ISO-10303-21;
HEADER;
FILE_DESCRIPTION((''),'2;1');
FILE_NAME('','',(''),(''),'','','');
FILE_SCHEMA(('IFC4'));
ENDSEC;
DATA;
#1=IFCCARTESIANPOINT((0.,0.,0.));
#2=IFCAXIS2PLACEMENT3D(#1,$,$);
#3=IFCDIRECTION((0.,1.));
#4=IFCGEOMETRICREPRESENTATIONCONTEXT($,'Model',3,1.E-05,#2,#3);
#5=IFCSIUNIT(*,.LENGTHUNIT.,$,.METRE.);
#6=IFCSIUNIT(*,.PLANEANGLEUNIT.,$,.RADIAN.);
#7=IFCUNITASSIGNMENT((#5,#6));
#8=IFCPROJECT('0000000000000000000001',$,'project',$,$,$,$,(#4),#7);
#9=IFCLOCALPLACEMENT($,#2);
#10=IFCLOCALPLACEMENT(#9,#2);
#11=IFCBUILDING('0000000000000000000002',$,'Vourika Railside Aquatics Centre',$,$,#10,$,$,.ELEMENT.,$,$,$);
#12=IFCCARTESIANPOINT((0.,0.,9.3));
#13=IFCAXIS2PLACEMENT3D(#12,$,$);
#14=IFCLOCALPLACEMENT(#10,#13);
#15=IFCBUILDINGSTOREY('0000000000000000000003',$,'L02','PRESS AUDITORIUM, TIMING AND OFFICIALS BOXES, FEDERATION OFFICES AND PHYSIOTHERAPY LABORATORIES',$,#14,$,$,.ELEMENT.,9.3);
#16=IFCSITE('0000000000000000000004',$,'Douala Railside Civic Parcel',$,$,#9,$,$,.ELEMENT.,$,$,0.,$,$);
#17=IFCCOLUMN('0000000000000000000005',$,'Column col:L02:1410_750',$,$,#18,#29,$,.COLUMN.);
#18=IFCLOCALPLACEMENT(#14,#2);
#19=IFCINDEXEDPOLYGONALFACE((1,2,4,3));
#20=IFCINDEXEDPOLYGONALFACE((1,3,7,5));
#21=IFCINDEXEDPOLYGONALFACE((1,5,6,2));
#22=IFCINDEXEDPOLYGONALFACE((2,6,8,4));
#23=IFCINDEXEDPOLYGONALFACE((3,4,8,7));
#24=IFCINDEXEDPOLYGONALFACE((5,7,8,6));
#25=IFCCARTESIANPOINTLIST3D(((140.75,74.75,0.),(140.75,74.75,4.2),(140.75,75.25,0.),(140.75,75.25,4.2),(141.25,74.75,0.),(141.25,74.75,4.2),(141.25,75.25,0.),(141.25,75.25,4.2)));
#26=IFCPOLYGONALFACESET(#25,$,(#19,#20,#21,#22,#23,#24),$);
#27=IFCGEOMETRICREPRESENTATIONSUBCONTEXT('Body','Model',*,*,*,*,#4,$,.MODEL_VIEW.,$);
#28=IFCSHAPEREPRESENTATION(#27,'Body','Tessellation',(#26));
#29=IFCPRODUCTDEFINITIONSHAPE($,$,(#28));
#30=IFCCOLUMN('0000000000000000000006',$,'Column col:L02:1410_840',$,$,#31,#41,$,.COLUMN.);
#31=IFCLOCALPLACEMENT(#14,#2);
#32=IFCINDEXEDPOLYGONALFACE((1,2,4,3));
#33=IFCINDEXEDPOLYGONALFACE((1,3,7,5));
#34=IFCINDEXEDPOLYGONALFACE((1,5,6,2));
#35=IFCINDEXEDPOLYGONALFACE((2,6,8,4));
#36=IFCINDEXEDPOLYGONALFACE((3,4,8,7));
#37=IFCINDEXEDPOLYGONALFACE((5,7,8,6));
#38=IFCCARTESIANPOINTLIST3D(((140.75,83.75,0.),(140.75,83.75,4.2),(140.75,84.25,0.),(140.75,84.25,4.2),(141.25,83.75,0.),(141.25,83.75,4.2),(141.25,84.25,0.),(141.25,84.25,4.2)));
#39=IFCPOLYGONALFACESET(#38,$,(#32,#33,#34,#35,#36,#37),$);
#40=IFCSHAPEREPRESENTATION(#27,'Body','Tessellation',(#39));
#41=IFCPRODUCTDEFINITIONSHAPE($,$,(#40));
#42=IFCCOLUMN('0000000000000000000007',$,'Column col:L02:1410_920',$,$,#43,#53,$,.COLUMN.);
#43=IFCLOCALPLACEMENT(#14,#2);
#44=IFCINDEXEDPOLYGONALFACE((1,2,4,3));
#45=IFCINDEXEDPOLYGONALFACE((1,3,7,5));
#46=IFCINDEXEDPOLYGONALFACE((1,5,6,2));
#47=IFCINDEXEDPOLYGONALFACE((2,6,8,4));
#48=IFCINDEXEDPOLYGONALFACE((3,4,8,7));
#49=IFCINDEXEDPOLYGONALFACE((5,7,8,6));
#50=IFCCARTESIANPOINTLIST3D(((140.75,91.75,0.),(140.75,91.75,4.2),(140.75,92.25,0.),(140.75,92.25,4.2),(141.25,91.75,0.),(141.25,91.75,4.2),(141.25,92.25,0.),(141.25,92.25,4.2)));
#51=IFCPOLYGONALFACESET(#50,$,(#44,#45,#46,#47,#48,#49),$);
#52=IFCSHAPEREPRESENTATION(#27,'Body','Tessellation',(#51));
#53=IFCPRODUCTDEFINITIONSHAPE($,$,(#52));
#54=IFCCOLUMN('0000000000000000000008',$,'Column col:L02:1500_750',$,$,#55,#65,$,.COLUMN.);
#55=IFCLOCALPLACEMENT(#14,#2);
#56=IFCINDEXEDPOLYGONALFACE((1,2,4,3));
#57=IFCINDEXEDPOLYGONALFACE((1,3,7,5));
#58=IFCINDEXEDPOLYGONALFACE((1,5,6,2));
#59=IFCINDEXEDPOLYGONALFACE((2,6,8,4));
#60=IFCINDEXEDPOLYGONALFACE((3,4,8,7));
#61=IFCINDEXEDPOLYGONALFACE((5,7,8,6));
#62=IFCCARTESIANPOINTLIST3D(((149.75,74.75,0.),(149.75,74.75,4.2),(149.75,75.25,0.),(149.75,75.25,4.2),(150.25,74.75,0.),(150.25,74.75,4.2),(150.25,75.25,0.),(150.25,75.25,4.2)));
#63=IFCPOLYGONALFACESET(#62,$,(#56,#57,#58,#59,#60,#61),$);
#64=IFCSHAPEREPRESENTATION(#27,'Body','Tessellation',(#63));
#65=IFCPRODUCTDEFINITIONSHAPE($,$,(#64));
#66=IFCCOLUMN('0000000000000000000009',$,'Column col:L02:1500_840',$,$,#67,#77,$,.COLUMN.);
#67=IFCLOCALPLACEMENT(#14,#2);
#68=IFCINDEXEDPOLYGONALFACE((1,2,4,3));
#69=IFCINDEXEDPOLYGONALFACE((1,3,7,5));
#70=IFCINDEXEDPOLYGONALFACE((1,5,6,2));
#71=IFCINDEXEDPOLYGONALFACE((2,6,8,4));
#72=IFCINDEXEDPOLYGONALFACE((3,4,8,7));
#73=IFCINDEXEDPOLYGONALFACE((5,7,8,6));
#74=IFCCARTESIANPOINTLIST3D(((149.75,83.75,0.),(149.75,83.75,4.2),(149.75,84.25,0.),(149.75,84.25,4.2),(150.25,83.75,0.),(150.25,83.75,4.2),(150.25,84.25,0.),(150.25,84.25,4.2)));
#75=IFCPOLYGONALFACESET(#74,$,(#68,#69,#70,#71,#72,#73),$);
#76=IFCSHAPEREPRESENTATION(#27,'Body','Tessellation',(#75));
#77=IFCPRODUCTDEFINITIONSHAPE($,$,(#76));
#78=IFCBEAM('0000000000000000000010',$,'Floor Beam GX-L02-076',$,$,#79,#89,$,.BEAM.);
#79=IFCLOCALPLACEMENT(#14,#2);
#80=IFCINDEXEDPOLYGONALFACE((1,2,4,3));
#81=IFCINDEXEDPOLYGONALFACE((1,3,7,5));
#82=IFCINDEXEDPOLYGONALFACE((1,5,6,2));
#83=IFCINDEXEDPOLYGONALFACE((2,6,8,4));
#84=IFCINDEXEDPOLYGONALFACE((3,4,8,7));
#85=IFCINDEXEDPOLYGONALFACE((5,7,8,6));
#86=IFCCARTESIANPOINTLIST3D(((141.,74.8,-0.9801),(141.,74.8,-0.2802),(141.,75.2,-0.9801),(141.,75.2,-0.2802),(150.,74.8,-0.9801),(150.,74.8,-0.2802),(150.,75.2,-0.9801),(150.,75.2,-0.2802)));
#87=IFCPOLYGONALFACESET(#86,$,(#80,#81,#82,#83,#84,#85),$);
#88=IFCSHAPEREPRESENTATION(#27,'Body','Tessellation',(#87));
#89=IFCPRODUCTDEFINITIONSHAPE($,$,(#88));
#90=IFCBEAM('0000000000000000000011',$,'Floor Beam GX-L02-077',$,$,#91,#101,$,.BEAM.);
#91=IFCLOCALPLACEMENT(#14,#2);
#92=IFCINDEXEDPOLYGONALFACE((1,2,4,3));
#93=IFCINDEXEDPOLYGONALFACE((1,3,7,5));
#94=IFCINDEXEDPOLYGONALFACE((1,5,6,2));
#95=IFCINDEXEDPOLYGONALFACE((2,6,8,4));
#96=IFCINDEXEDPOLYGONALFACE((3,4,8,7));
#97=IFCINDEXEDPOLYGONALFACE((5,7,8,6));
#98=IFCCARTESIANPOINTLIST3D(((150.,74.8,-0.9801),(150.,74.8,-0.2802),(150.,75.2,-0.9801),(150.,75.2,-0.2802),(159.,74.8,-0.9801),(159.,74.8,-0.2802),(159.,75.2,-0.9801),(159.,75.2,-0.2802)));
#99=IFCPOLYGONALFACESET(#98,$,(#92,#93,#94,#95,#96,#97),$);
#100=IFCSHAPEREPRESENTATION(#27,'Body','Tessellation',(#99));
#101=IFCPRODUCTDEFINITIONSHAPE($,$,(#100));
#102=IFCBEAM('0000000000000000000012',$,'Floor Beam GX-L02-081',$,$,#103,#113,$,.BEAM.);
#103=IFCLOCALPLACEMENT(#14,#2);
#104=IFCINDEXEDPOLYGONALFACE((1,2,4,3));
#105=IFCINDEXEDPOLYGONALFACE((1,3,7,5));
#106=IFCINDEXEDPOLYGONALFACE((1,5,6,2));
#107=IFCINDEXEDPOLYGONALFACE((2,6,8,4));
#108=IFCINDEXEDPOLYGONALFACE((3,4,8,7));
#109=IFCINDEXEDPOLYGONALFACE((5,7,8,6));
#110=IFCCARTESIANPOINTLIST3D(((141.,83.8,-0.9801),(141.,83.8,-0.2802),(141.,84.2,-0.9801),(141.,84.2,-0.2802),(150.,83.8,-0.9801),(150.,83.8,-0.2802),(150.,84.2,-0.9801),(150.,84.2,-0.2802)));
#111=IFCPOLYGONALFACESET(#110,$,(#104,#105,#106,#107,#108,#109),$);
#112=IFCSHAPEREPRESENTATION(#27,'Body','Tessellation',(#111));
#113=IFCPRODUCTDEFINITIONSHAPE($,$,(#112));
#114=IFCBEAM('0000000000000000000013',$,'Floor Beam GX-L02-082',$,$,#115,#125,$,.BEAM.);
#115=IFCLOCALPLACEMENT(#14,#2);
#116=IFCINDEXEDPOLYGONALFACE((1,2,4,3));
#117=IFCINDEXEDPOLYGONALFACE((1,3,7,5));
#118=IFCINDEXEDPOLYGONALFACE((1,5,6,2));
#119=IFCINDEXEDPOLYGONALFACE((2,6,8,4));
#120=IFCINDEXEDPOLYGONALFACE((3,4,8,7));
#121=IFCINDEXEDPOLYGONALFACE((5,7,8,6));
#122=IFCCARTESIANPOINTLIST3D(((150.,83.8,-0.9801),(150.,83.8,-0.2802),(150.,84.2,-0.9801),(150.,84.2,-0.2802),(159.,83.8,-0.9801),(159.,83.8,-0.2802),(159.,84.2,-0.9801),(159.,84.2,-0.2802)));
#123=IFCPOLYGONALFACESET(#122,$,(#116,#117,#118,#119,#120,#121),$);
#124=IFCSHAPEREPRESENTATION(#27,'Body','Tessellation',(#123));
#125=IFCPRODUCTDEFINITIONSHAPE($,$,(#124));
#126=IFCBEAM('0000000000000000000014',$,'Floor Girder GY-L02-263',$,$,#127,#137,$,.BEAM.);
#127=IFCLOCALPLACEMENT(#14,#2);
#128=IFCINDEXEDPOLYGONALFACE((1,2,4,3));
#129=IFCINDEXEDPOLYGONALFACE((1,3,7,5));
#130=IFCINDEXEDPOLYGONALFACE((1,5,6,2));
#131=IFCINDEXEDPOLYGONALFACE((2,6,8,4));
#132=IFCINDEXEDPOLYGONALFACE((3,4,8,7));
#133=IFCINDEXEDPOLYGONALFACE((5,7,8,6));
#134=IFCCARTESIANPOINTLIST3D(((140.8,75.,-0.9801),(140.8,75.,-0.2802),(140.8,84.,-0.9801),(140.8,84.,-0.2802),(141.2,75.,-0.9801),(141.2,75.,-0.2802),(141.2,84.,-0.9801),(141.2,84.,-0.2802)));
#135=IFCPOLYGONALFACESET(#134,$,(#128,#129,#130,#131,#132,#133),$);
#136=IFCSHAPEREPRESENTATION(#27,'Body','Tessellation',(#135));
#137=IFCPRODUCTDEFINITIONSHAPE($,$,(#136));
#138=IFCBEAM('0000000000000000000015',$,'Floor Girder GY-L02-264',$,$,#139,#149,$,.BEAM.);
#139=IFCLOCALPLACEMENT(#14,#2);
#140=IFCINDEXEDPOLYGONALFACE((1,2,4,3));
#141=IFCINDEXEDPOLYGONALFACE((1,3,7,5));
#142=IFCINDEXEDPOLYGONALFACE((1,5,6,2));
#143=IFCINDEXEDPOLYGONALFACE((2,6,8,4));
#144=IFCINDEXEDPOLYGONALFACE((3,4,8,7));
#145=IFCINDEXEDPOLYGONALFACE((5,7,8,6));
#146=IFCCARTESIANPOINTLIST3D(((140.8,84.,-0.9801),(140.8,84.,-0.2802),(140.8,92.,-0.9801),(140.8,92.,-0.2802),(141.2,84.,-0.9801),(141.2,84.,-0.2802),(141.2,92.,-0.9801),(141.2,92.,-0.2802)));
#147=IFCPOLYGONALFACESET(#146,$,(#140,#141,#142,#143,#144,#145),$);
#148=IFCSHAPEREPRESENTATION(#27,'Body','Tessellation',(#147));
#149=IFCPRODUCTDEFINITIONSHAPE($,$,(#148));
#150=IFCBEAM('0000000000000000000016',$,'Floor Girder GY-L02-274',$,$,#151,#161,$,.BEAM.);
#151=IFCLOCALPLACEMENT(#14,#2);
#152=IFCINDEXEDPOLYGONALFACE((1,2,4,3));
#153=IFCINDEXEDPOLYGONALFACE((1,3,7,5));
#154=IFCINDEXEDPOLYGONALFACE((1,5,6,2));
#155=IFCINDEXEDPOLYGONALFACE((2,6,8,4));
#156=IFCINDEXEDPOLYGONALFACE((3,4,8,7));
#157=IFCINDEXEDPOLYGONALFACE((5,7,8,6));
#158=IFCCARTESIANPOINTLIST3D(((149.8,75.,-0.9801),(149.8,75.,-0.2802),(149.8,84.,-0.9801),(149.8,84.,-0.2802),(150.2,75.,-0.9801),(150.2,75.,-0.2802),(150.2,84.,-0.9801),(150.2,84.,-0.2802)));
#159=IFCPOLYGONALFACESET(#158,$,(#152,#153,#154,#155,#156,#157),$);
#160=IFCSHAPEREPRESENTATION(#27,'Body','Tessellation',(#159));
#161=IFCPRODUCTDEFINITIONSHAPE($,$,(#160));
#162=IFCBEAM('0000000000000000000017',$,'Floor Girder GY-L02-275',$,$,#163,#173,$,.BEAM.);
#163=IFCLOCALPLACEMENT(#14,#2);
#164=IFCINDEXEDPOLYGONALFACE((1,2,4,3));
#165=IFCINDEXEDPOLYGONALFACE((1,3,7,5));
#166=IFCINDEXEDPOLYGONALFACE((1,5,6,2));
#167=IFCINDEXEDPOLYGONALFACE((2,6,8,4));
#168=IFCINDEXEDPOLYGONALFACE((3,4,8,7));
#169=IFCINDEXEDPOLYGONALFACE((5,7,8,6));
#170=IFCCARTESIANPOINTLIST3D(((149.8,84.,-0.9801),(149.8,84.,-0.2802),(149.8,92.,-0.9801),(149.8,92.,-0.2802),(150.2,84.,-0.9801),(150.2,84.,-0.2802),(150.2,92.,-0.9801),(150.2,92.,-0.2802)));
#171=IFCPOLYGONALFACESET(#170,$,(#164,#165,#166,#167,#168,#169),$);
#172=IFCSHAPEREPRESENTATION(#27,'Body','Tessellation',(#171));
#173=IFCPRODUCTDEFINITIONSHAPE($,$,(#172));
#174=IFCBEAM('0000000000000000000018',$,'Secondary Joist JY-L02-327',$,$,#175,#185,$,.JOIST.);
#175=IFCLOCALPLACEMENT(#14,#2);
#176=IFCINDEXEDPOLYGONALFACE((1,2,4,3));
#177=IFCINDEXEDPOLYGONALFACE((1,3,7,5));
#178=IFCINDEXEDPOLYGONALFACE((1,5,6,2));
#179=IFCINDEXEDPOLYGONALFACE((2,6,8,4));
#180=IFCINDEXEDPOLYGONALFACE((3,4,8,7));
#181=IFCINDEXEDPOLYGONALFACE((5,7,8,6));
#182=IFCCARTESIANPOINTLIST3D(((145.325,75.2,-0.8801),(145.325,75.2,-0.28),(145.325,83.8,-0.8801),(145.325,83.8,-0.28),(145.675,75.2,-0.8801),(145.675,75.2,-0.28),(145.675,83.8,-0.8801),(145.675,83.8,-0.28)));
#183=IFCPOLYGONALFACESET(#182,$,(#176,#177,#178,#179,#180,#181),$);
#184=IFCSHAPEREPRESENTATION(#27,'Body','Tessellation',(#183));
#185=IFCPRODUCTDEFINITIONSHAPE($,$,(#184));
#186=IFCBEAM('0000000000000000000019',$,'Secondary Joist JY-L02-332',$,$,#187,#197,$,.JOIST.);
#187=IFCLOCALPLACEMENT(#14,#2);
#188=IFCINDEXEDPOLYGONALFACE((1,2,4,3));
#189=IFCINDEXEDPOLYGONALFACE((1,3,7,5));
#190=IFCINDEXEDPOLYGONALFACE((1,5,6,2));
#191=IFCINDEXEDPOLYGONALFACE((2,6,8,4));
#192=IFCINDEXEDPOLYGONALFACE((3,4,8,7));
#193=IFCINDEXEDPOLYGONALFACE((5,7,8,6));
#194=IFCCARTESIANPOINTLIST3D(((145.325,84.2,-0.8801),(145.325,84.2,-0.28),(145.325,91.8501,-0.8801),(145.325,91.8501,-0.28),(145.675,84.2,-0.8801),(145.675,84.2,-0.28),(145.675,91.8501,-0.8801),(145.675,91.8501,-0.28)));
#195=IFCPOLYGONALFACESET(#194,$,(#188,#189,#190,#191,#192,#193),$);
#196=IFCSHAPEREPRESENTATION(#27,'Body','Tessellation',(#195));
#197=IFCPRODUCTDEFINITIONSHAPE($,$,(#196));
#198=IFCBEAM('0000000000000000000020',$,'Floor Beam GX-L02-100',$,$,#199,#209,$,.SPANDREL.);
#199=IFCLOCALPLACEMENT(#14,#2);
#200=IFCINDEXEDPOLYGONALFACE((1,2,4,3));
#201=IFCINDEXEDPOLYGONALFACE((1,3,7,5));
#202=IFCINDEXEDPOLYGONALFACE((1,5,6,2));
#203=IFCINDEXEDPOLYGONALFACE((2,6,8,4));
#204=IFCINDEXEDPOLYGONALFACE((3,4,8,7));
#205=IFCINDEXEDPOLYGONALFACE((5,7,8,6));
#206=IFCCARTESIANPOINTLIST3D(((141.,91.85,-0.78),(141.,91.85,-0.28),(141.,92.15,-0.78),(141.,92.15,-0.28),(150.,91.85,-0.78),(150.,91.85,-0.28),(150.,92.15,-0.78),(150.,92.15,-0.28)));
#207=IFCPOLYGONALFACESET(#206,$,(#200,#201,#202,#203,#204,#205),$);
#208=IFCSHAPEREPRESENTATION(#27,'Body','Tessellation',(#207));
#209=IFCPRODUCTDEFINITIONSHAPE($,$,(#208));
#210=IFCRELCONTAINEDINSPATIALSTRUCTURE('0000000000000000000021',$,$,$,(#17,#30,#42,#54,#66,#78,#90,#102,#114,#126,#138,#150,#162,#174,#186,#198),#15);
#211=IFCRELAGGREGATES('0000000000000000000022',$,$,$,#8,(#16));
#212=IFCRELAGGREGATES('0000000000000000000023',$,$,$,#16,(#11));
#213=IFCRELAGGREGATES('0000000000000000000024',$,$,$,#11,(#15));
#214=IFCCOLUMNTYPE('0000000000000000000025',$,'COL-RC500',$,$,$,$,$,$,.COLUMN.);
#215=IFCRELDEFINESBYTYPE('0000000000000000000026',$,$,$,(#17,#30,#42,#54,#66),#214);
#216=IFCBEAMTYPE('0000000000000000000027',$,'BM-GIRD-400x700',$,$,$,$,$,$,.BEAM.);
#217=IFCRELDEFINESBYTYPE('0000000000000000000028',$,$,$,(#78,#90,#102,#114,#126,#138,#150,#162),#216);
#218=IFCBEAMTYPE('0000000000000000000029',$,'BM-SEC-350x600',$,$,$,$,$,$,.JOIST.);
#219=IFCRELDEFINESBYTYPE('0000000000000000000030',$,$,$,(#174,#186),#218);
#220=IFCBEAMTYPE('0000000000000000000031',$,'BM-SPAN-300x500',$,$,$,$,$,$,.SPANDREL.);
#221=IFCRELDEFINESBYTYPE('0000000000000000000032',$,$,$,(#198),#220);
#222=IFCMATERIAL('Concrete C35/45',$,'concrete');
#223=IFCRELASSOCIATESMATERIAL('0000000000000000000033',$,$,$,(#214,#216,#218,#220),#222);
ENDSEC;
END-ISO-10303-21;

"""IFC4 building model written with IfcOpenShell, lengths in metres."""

from ifc_helpers import new_model, si_unit, direction, frame, origin, origin_2d, place, context, subcontext, project, spatial, rectangle, extrude, material, material_profile, profile_set, type_object, element, save


model = new_model("IFC4")

# Units and contexts
model_context = context("Model", 3, precision=1e-05, world=origin(), true_north=direction((0.0, 1.0)))
body_context = subcontext(model_context, "Body", "Model", "MODEL_VIEW")
ifc_project = project(units=[si_unit("LENGTHUNIT", "METRE"), si_unit("PLANEANGLEUNIT", "RADIAN")], contexts=[model_context])

# Site, building, storey
site_placement = place(None, origin())
site = spatial("IfcSite", under=ifc_project, at=site_placement, Name="Douala Railside Civic Parcel", CompositionType="ELEMENT", RefElevation=0.0)
building_placement = place(site_placement, origin())
building = spatial("IfcBuilding", under=site, at=building_placement, Name="Vourika Railside Aquatics Centre", CompositionType="ELEMENT")
storey_placement = place(building_placement, frame((0.0, 0.0, 9.3)))
storey = spatial("IfcBuildingStorey", under=building, at=storey_placement, Name="L02", Description="PRESS AUDITORIUM, TIMING AND OFFICIALS BOXES, FEDERATION OFFICES AND PHYSIOTHERAPY LABORATORIES", CompositionType="ELEMENT", Elevation=9.3)

# Columns
ifc_material_1 = material(Name="Concrete C35/45", Category="concrete")
ifc_material_profile_1 = material_profile(ifc_material_1, rectangle(XDim=0.5, YDim=0.5, at=origin_2d()), Name="RC 500x500")
ifc_profile_set_1 = profile_set([ifc_material_profile_1], Name="Concrete C35/45")
column_type = type_object("IfcColumnType", Name="COL-RC500", PredefinedType="COLUMN", material=ifc_profile_set_1)
for number, where, z_axis, x_axis, name in (
    (1, (141.0, 75.0, 0.0), (0.0, 0.0, 1.0), (1.0, 0.0, 0.0), "Column col:L02:1410_750"),
    (2, (141.0, 84.0, 0.0), (0.0, 0.0, 1.0), (1.0, 0.0, 0.0), "Column col:L02:1410_840"),
    (3, (141.0, 92.0, 0.0), (0.0, 0.0, 1.0), (1.0, 0.0, 0.0), "Column col:L02:1410_920"),
    (4, (150.0, 75.0, 0.0), (0.0, 0.0, 1.0), (1.0, 0.0, 0.0), "Column col:L02:1500_750"),
    (5, (150.0, 84.0, 0.0), (0.0, 0.0, 1.0), (1.0, 0.0, 0.0), "Column col:L02:1500_840"),
):
    element("IfcColumn", number, at=place(storey_placement, frame(where, z_axis=z_axis, x_axis=x_axis)), inside=storey, type_object=column_type, Name=name, PredefinedType="COLUMN", context=body_context, shape_type="SweptSolid", body=[
        extrude(rectangle(XDim=0.5, YDim=0.5, at=origin_2d()), origin(), (0.0, 0.0, 1.0), 4.2),
    ])

# Beams
ifc_material_profile_2 = material_profile(ifc_material_1, rectangle(XDim=0.3999, YDim=0.7, at=origin_2d()), Name="RC 400x700")
ifc_profile_set_2 = profile_set([ifc_material_profile_2], Name="Concrete C35/45")
beam_type_1 = type_object("IfcBeamType", Name="BM-GIRD-400x700", PredefinedType="BEAM", material=ifc_profile_set_2)
for number, where, z_axis, x_axis, name in (
    (6, (141.0, 75.0, -0.6301), (1.0, 0.0, 0.0), (0.0, 1.0, 0.0), "Floor Beam GX-L02-076"),
    (7, (150.0, 75.0, -0.6301), (1.0, 0.0, 0.0), (0.0, 1.0, 0.0), "Floor Beam GX-L02-077"),
    (8, (141.0, 84.0, -0.6301), (1.0, 0.0, 0.0), (0.0, 1.0, 0.0), "Floor Beam GX-L02-081"),
    (9, (150.0, 84.0, -0.6301), (1.0, 0.0, 0.0), (0.0, 1.0, 0.0), "Floor Beam GX-L02-082"),
    (10, (141.0, 75.0, -0.6301), (0.0, 1.0, 0.0), (-1.0, 0.0, 0.0), "Floor Girder GY-L02-263"),
):
    element("IfcBeam", number, at=place(storey_placement, frame(where, z_axis=z_axis, x_axis=x_axis)), inside=storey, type_object=beam_type_1, Name=name, PredefinedType="BEAM", context=body_context, shape_type="SweptSolid", body=[
        extrude(rectangle(XDim=0.3999, YDim=0.7, at=origin_2d()), origin(), (0.0, 0.0, 1.0), 9.0),
    ])
beam_1_placement = place(storey_placement, frame((141.0, 84.0, -0.6301), z_axis=(0.0, 1.0, 0.0), x_axis=(-1.0, 0.0, 0.0)))
element("IfcBeam", 11, at=beam_1_placement, inside=storey, type_object=beam_type_1, Name="Floor Girder GY-L02-264", PredefinedType="BEAM", context=body_context, shape_type="SweptSolid", body=[
    extrude(rectangle(XDim=0.3999, YDim=0.7, at=origin_2d()), origin(), (0.0, 0.0, 1.0), 8.0),
])
beam_2_placement = place(storey_placement, frame((150.0, 75.0, -0.6301), z_axis=(0.0, 1.0, 0.0), x_axis=(-1.0, 0.0, 0.0)))
element("IfcBeam", 12, at=beam_2_placement, inside=storey, type_object=beam_type_1, Name="Floor Girder GY-L02-274", PredefinedType="BEAM", context=body_context, shape_type="SweptSolid", body=[
    extrude(rectangle(XDim=0.3999, YDim=0.7, at=origin_2d()), origin(), (0.0, 0.0, 1.0), 9.0),
])
beam_3_placement = place(storey_placement, frame((150.0, 84.0, -0.6301), z_axis=(0.0, 1.0, 0.0), x_axis=(-1.0, 0.0, 0.0)))
element("IfcBeam", 13, at=beam_3_placement, inside=storey, type_object=beam_type_1, Name="Floor Girder GY-L02-275", PredefinedType="BEAM", context=body_context, shape_type="SweptSolid", body=[
    extrude(rectangle(XDim=0.3999, YDim=0.7, at=origin_2d()), origin(), (0.0, 0.0, 1.0), 8.0),
])
ifc_material_profile_3 = material_profile(ifc_material_1, rectangle(XDim=0.3501, YDim=0.6001, at=origin_2d()), Name="RC 350x600")
ifc_profile_set_3 = profile_set([ifc_material_profile_3], Name="Concrete C35/45")
beam_type_2 = type_object("IfcBeamType", Name="BM-SEC-350x600", PredefinedType="JOIST", material=ifc_profile_set_3)
beam_4_placement = place(storey_placement, frame((145.5, 75.2, -0.5801), z_axis=(0.0, 1.0, 0.0), x_axis=(-1.0, 0.0, 0.0)))
element("IfcBeam", 14, at=beam_4_placement, inside=storey, type_object=beam_type_2, Name="Secondary Joist JY-L02-327", PredefinedType="JOIST", context=body_context, shape_type="SweptSolid", body=[
    extrude(rectangle(XDim=0.3501, YDim=0.6001, at=origin_2d()), origin(), (0.0, 0.0, 1.0), 8.6001),
])
beam_5_placement = place(storey_placement, frame((145.5, 84.2, -0.5801), z_axis=(0.0, 1.0, 0.0), x_axis=(-1.0, 0.0, 0.0)))
element("IfcBeam", 15, at=beam_5_placement, inside=storey, type_object=beam_type_2, Name="Secondary Joist JY-L02-332", PredefinedType="JOIST", context=body_context, shape_type="SweptSolid", body=[
    extrude(rectangle(XDim=0.3501, YDim=0.6001, at=origin_2d()), origin(), (0.0, 0.0, 1.0), 7.6501),
])
ifc_material_profile_4 = material_profile(ifc_material_1, rectangle(XDim=0.3, YDim=0.5, at=origin_2d()), Name="RC 300x500")
ifc_profile_set_4 = profile_set([ifc_material_profile_4], Name="Concrete C35/45")
beam_type_3 = type_object("IfcBeamType", Name="BM-SPAN-300x500", PredefinedType="SPANDREL", material=ifc_profile_set_4)
beam_6_placement = place(storey_placement, frame((141.0, 92.0, -0.53), z_axis=(1.0, 0.0, 0.0), x_axis=(0.0, 1.0, 0.0)))
element("IfcBeam", 16, at=beam_6_placement, inside=storey, type_object=beam_type_3, Name="Floor Beam GX-L02-100", PredefinedType="SPANDREL", context=body_context, shape_type="SweptSolid", body=[
    extrude(rectangle(XDim=0.3, YDim=0.5, at=origin_2d()), origin(), (0.0, 0.0, 1.0), 9.0),
])

save(model, "model.ifc")
